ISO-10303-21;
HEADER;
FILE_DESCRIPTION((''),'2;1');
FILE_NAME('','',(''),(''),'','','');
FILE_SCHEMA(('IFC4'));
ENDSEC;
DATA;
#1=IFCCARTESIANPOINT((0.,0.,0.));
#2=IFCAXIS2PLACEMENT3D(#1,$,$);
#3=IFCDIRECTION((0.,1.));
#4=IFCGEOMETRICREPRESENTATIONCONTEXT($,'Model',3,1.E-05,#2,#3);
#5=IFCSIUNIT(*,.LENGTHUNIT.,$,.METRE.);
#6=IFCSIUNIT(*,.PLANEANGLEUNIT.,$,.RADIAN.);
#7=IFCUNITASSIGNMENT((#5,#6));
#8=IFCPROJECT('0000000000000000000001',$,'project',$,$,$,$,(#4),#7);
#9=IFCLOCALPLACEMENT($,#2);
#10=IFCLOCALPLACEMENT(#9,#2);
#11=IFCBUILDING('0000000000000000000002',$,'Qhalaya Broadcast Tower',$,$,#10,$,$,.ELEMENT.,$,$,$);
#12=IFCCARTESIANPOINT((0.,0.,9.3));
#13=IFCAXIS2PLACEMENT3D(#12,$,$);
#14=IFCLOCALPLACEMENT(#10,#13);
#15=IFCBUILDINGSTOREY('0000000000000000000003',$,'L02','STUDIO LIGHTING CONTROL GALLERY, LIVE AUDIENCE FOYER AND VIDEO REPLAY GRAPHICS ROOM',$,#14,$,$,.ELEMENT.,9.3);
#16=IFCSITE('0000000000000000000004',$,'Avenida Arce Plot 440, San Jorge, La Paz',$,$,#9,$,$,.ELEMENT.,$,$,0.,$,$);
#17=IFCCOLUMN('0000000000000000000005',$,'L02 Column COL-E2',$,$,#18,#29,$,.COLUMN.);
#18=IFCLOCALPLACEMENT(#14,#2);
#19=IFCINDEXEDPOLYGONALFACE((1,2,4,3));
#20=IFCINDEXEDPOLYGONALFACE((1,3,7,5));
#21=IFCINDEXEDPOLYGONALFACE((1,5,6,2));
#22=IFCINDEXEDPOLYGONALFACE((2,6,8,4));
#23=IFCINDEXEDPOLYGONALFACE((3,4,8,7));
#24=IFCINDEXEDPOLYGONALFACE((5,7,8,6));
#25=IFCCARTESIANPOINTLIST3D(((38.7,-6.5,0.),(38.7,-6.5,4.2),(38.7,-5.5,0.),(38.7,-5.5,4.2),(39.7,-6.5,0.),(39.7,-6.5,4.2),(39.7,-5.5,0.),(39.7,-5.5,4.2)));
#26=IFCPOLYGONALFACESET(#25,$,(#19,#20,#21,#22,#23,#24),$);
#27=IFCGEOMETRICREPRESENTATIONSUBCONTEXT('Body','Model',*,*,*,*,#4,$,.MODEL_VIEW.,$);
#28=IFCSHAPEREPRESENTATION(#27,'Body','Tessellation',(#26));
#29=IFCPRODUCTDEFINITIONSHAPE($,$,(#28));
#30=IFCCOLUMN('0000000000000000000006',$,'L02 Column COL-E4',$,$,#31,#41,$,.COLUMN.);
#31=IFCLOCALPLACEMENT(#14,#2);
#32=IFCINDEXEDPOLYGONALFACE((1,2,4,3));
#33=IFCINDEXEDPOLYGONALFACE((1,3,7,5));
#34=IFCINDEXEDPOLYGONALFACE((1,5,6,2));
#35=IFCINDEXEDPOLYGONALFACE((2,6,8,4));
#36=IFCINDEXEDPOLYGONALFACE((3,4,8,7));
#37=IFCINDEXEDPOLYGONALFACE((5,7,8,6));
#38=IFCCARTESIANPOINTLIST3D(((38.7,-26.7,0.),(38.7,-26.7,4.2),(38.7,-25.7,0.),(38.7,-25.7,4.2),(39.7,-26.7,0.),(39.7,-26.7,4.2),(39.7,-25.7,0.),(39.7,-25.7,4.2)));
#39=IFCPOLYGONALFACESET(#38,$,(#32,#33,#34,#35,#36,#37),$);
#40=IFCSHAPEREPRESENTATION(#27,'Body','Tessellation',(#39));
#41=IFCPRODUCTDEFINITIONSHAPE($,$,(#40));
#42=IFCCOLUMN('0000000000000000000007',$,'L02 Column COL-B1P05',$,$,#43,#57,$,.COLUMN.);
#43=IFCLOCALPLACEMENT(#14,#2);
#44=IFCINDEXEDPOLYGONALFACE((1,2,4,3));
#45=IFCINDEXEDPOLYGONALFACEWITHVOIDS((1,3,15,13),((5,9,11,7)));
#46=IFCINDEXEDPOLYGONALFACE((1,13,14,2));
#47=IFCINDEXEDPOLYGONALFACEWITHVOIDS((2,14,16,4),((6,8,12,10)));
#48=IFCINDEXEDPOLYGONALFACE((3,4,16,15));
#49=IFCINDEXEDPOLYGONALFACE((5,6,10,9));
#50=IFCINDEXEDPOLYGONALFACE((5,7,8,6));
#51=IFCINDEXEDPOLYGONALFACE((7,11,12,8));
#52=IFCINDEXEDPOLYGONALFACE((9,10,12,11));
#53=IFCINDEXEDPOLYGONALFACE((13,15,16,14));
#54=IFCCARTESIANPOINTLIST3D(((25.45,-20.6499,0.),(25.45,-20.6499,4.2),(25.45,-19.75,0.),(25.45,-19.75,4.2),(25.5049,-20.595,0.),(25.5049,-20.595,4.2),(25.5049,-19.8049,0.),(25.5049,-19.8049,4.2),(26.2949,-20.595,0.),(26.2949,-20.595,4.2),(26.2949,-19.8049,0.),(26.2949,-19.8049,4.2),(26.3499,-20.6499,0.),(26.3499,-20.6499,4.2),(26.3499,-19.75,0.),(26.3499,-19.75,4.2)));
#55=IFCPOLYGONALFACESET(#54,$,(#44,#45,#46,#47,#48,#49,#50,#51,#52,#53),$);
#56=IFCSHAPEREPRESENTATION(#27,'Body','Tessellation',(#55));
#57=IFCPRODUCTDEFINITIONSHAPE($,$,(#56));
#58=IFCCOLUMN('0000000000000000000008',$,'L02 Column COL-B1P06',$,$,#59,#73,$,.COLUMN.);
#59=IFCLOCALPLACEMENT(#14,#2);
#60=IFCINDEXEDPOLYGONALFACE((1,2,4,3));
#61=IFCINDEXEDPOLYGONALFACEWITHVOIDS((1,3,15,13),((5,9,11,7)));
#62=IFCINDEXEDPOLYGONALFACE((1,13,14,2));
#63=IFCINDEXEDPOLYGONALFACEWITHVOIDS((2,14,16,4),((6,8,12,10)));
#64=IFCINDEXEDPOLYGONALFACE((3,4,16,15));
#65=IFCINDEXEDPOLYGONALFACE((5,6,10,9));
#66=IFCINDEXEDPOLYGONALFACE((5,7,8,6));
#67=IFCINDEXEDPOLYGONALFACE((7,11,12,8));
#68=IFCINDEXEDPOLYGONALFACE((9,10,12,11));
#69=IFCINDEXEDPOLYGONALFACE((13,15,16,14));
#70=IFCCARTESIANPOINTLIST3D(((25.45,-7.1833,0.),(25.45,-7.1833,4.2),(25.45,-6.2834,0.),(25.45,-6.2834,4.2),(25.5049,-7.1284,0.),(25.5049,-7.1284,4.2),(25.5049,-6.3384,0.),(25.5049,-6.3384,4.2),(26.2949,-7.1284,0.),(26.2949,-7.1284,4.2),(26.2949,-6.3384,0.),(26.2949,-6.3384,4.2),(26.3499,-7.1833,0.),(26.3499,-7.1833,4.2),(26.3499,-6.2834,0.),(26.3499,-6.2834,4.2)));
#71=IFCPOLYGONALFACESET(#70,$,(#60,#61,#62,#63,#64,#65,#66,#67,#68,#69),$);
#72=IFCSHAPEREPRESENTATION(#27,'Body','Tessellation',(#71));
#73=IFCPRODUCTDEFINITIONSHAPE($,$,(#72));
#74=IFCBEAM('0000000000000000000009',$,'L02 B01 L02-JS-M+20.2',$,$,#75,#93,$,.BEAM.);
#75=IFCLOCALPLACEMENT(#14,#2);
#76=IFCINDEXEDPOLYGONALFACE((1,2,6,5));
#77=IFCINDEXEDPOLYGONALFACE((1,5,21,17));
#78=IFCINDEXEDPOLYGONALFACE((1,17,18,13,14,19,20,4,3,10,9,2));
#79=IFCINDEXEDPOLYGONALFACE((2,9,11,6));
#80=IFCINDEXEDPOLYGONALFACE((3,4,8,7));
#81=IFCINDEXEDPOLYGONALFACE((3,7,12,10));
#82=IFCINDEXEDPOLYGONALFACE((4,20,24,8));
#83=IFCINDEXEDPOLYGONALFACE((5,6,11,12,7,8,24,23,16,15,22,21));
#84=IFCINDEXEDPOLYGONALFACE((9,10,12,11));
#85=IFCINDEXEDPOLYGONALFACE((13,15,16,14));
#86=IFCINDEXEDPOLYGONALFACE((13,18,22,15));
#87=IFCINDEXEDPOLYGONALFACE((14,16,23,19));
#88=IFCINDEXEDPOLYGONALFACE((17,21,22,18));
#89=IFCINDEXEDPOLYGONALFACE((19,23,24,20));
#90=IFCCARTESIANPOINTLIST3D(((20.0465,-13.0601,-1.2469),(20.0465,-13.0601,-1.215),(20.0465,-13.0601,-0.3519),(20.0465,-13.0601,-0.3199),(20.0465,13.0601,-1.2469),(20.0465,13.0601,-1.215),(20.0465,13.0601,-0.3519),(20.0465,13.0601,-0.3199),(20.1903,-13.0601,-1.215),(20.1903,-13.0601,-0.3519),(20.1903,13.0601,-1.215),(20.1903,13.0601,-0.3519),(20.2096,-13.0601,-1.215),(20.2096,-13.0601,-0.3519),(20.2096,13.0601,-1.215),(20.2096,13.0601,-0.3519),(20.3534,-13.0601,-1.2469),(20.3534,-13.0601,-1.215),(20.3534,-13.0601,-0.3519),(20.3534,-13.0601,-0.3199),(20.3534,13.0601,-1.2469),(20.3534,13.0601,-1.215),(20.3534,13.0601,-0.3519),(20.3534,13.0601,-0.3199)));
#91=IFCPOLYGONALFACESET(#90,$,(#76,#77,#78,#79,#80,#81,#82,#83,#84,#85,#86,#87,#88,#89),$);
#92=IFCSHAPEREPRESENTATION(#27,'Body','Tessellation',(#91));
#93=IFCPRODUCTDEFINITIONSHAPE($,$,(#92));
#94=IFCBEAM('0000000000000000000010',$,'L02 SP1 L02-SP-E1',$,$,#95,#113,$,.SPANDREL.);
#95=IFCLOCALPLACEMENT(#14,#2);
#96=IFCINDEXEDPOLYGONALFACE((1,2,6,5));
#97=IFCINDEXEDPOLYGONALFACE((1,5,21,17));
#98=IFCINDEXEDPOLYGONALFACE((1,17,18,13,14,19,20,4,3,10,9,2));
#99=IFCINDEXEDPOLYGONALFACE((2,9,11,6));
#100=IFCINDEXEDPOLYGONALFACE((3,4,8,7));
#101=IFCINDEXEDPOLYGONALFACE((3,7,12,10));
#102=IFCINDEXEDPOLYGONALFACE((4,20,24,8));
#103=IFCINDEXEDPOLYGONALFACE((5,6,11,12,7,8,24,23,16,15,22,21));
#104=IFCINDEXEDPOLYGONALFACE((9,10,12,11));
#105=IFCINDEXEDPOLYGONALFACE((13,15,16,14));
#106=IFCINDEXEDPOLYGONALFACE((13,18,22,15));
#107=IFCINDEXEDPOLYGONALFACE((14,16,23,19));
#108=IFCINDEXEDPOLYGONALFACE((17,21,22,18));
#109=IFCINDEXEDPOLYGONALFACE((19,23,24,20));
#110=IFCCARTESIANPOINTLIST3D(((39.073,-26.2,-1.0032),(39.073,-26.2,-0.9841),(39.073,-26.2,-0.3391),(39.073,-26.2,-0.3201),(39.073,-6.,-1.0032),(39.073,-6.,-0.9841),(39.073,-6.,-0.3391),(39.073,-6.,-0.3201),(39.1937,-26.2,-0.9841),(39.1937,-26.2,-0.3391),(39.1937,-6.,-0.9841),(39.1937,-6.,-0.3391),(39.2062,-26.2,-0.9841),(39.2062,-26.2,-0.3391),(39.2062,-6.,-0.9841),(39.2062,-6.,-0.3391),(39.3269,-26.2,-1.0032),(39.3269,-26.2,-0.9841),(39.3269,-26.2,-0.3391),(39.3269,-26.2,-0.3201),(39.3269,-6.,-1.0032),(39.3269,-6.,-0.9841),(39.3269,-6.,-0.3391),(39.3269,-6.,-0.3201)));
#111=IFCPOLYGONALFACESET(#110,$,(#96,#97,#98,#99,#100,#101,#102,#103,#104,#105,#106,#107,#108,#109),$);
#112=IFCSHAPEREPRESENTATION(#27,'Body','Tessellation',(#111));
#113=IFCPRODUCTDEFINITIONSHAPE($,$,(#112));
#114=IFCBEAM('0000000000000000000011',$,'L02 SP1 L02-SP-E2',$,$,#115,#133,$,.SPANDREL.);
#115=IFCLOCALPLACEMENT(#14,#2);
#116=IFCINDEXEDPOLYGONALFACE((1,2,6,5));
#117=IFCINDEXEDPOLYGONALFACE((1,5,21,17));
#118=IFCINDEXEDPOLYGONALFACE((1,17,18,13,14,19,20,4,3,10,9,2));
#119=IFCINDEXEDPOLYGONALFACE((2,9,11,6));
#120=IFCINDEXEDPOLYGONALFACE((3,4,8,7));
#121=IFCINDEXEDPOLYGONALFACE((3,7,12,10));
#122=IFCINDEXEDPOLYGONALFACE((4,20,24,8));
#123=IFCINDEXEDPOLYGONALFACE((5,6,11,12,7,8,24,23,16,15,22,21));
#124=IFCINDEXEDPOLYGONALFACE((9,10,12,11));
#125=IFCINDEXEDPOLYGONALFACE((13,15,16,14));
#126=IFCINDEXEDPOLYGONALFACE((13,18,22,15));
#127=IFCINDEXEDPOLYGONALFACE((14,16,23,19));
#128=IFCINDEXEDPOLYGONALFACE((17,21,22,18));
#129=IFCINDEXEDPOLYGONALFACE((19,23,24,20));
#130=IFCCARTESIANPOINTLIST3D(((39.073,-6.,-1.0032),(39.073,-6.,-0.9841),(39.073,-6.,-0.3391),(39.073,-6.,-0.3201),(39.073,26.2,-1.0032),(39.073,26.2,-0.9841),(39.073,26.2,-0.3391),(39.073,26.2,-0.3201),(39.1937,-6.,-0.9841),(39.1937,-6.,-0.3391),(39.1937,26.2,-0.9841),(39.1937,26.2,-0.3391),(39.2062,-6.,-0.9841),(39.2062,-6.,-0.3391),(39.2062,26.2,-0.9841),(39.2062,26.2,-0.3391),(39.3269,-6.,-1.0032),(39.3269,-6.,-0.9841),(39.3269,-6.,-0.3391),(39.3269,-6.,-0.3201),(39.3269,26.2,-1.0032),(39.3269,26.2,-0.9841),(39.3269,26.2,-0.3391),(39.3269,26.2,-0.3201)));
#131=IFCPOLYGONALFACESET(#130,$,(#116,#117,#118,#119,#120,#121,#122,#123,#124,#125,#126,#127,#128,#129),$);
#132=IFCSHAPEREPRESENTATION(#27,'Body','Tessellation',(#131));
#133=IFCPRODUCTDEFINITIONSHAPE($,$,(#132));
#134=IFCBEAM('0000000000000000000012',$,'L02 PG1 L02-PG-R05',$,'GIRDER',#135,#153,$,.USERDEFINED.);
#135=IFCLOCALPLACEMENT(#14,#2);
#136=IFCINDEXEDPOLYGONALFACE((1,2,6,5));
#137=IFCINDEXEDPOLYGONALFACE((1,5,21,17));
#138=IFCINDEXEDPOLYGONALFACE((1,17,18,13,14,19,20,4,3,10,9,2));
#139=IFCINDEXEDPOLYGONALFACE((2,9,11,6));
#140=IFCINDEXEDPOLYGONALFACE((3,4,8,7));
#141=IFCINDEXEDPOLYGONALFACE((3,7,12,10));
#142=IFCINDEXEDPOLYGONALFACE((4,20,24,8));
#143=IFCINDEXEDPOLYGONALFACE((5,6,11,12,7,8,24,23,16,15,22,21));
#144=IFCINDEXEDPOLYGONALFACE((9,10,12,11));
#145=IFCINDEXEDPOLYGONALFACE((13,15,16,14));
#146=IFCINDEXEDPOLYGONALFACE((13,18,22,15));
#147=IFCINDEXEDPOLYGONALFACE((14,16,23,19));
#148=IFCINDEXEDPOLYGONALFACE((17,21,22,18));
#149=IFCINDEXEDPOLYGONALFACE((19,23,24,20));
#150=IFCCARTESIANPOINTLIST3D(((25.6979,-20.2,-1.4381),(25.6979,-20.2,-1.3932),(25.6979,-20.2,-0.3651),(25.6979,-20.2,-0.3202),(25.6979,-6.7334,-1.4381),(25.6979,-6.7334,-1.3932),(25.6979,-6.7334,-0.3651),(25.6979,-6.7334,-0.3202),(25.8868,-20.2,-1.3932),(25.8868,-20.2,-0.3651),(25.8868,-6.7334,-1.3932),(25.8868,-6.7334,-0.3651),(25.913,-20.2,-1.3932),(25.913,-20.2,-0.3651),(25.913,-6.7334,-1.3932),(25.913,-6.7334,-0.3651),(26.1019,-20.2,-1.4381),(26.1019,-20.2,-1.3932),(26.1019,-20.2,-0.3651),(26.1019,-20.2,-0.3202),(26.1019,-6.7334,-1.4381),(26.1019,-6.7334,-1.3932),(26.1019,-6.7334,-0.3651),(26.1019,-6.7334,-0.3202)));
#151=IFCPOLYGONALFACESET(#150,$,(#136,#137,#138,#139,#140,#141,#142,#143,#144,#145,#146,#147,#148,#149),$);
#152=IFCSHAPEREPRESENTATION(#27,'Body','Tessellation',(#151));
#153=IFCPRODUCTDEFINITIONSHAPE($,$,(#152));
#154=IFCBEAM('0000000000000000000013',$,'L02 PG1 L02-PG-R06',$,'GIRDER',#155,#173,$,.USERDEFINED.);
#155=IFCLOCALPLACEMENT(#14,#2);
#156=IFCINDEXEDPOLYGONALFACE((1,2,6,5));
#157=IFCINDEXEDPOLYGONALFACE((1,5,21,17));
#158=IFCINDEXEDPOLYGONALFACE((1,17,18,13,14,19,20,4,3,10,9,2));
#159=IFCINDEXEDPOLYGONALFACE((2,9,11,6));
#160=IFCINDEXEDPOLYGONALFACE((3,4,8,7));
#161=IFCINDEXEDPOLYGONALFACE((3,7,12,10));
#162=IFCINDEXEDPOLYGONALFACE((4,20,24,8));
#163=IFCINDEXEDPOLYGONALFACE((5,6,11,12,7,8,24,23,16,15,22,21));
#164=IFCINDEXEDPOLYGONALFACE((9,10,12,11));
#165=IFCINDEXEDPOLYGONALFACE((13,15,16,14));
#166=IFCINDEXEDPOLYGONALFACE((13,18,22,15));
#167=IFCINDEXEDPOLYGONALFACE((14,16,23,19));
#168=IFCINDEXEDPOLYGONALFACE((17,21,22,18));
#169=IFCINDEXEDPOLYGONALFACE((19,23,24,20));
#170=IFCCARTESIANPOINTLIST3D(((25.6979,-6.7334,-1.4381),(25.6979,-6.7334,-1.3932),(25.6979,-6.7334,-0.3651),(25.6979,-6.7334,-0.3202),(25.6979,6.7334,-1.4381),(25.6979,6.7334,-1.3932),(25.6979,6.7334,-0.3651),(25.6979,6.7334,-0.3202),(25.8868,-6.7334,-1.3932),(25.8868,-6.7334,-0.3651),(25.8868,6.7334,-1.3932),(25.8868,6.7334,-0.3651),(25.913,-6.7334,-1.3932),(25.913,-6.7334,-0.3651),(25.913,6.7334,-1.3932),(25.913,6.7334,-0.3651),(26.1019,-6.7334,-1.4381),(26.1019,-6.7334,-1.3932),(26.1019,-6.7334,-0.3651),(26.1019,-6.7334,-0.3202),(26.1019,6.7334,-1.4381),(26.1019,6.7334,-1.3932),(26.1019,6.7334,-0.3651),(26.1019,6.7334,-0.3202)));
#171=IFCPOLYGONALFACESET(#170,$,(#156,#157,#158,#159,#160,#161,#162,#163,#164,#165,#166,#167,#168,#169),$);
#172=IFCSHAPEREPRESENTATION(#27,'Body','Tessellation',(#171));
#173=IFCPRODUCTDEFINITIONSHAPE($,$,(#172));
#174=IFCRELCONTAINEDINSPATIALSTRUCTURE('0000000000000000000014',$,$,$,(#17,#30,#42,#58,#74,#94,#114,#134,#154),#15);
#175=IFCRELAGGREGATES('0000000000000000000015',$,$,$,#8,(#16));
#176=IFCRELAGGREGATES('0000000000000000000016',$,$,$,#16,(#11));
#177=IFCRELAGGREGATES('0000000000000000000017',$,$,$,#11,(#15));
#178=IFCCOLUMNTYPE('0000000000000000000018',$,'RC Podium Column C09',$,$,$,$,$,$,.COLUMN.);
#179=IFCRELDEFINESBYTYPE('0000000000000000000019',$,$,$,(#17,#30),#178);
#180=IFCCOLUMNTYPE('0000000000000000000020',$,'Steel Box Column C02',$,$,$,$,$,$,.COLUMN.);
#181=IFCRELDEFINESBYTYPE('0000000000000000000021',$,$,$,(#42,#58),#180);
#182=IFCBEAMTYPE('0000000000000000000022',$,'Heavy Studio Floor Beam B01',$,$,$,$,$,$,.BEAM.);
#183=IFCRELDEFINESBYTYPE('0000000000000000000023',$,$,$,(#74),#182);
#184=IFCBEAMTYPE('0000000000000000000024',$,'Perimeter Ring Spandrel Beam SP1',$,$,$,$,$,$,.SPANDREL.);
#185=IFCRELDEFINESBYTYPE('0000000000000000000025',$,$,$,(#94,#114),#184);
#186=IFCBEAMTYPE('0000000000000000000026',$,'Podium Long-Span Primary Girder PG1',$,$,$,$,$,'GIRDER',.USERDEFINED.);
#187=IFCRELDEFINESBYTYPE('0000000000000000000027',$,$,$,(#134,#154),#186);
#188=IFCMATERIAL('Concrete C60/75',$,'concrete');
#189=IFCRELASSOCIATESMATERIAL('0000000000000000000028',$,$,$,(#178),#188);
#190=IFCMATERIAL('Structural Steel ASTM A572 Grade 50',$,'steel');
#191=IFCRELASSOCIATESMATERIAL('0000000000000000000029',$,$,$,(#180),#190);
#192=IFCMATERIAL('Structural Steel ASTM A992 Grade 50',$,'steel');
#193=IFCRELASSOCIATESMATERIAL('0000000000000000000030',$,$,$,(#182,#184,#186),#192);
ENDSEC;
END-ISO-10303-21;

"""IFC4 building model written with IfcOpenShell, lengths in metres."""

from ifc_helpers import new_model, si_unit, direction, frame, origin, origin_2d, place, context, subcontext, project, spatial, rectangle, hollow_rectangle, i_section, extrude, material, material_profile, profile_set, type_object, element, save


model = new_model("IFC4")

# Units and contexts
model_context = context("Model", 3, precision=1e-05, world=origin(), true_north=direction((0.0, 1.0)))
body_context = subcontext(model_context, "Body", "Model", "MODEL_VIEW")
ifc_project = project(units=[si_unit("LENGTHUNIT", "METRE"), si_unit("PLANEANGLEUNIT", "RADIAN")], contexts=[model_context])

# Site, building, storey
site_placement = place(None, origin())
site = spatial("IfcSite", under=ifc_project, at=site_placement, Name="Avenida Arce Plot 440, San Jorge, La Paz", CompositionType="ELEMENT", RefElevation=0.0)
building_placement = place(site_placement, origin())
building = spatial("IfcBuilding", under=site, at=building_placement, Name="Qhalaya Broadcast Tower", CompositionType="ELEMENT")
storey_placement = place(building_placement, frame((0.0, 0.0, 9.3)))
storey = spatial("IfcBuildingStorey", under=building, at=storey_placement, Name="L02", Description="STUDIO LIGHTING CONTROL GALLERY, LIVE AUDIENCE FOYER AND VIDEO REPLAY GRAPHICS ROOM", CompositionType="ELEMENT", Elevation=9.3)

# Columns
ifc_material_1 = material(Name="Concrete C60/75", Category="concrete")
ifc_material_profile_1 = material_profile(ifc_material_1, rectangle(XDim=1.0, YDim=1.0, at=origin_2d()), Name="RC-COL 1000x1000")
ifc_profile_set_1 = profile_set([ifc_material_profile_1], Name="Concrete C60/75")
column_type_1 = type_object("IfcColumnType", Name="RC Podium Column C09", PredefinedType="COLUMN", material=ifc_profile_set_1)
for number, where, z_axis, x_axis, name in (
    (1, (39.2, -6.0, 0.0), (0.0, 0.0, 1.0), (1.0, 0.0, 0.0), "L02 Column COL-E2"),
    (2, (39.2, -26.2, 0.0), (0.0, 0.0, 1.0), (1.0, 0.0, 0.0), "L02 Column COL-E4"),
):
    element("IfcColumn", number, at=place(storey_placement, frame(where, z_axis=z_axis, x_axis=x_axis)), inside=storey, type_object=column_type_1, Name=name, PredefinedType="COLUMN", context=body_context, shape_type="SweptSolid", body=[
        extrude(rectangle(XDim=1.0, YDim=1.0, at=origin_2d()), origin(), (0.0, 0.0, 1.0), 4.2),
    ])
ifc_material_2 = material(Name="Structural Steel ASTM A572 Grade 50", Category="steel")
ifc_material_profile_2 = material_profile(ifc_material_2, hollow_rectangle(XDim=0.8999, YDim=0.8999, WallThickness=0.0549, at=origin_2d()), Name="BOX 900x900x55")
ifc_profile_set_2 = profile_set([ifc_material_profile_2], Name="Structural Steel ASTM A572 Grade 50")
column_type_2 = type_object("IfcColumnType", Name="Steel Box Column C02", PredefinedType="COLUMN", material=ifc_profile_set_2)
for number, where, z_axis, x_axis, name in (
    (3, (25.8999, -20.2, 0.0), (0.0, 0.0, 1.0), (0.0, 1.0, 0.0), "L02 Column COL-B1P05"),
    (4, (25.8999, -6.7334, 0.0), (0.0, 0.0, 1.0), (0.0, 1.0, 0.0), "L02 Column COL-B1P06"),
):
    element("IfcColumn", number, at=place(storey_placement, frame(where, z_axis=z_axis, x_axis=x_axis)), inside=storey, type_object=column_type_2, Name=name, PredefinedType="COLUMN", context=body_context, shape_type="SweptSolid", body=[
        extrude(hollow_rectangle(XDim=0.8999, YDim=0.8999, WallThickness=0.0549, at=origin_2d()), origin(), (0.0, 0.0, 1.0), 4.2),
    ])

# Beams
ifc_material_3 = material(Name="Structural Steel ASTM A992 Grade 50", Category="steel")
ifc_material_profile_3 = material_profile(ifc_material_3, i_section(OverallWidth=0.3069, OverallDepth=0.927, WebThickness=0.0193, FlangeThickness=0.032, at=origin_2d()), Name="W36X194")
ifc_profile_set_3 = profile_set([ifc_material_profile_3], Name="Structural Steel ASTM A992 Grade 50")
beam_type_1 = type_object("IfcBeamType", Name="Heavy Studio Floor Beam B01", PredefinedType="BEAM", material=ifc_profile_set_3)
beam_1_placement = place(storey_placement, frame((20.2, -13.0601, -0.7834), z_axis=(0.0, 1.0, 0.0), x_axis=(-1.0, 0.0, 0.0)))
element("IfcBeam", 5, at=beam_1_placement, inside=storey, type_object=beam_type_1, Name="L02 B01 L02-JS-M+20.2", PredefinedType="BEAM", context=body_context, shape_type="SweptSolid", body=[
    extrude(i_section(OverallWidth=0.3069, OverallDepth=0.927, WebThickness=0.0193, FlangeThickness=0.032, at=origin_2d()), origin(), (0.0, 0.0, 1.0), 26.1201),
])
ifc_material_profile_4 = material_profile(ifc_material_3, i_section(OverallWidth=0.2539, OverallDepth=0.6831, WebThickness=0.0125, FlangeThickness=0.019, at=origin_2d()), Name="W27X94")
ifc_profile_set_4 = profile_set([ifc_material_profile_4], Name="Structural Steel ASTM A992 Grade 50")
beam_type_2 = type_object("IfcBeamType", Name="Perimeter Ring Spandrel Beam SP1", PredefinedType="SPANDREL", material=ifc_profile_set_4)
beam_2_placement = place(storey_placement, frame((39.2, -26.2, -0.6616), z_axis=(0.0, 1.0, 0.0), x_axis=(-1.0, 0.0, 0.0)))
element("IfcBeam", 6, at=beam_2_placement, inside=storey, type_object=beam_type_2, Name="L02 SP1 L02-SP-E1", PredefinedType="SPANDREL", context=body_context, shape_type="SweptSolid", body=[
    extrude(i_section(OverallWidth=0.2539, OverallDepth=0.6831, WebThickness=0.0125, FlangeThickness=0.019, at=origin_2d()), origin(), (0.0, 0.0, 1.0), 20.2),
])
beam_3_placement = place(storey_placement, frame((39.2, -6.0, -0.6616), z_axis=(0.0, 1.0, 0.0), x_axis=(-1.0, 0.0, 0.0)))
element("IfcBeam", 7, at=beam_3_placement, inside=storey, type_object=beam_type_2, Name="L02 SP1 L02-SP-E2", PredefinedType="SPANDREL", context=body_context, shape_type="SweptSolid", body=[
    extrude(i_section(OverallWidth=0.2539, OverallDepth=0.6831, WebThickness=0.0125, FlangeThickness=0.019, at=origin_2d()), origin(), (0.0, 0.0, 1.0), 32.2),
])
ifc_material_profile_5 = material_profile(ifc_material_3, i_section(OverallWidth=0.4041, OverallDepth=1.1179, WebThickness=0.0261, FlangeThickness=0.0449, at=origin_2d()), Name="W44X335")
ifc_profile_set_5 = profile_set([ifc_material_profile_5], Name="Structural Steel ASTM A992 Grade 50")
beam_type_3 = type_object("IfcBeamType", Name="Podium Long-Span Primary Girder PG1", ElementType="GIRDER", PredefinedType="USERDEFINED", material=ifc_profile_set_5)
beam_4_placement = place(storey_placement, frame((25.8999, -20.2, -0.8792), z_axis=(0.0, 1.0, 0.0), x_axis=(-1.0, 0.0, 0.0)))
element("IfcBeam", 8, at=beam_4_placement, inside=storey, type_object=beam_type_3, Name="L02 PG1 L02-PG-R05", ObjectType="GIRDER", PredefinedType="USERDEFINED", context=body_context, shape_type="SweptSolid", body=[
    extrude(i_section(OverallWidth=0.4041, OverallDepth=1.1179, WebThickness=0.0261, FlangeThickness=0.0449, at=origin_2d()), origin(), (0.0, 0.0, 1.0), 13.4666),
])
beam_5_placement = place(storey_placement, frame((25.8999, -6.7334, -0.8792), z_axis=(0.0, 1.0, 0.0), x_axis=(-1.0, 0.0, 0.0)))
element("IfcBeam", 9, at=beam_5_placement, inside=storey, type_object=beam_type_3, Name="L02 PG1 L02-PG-R06", ObjectType="GIRDER", PredefinedType="USERDEFINED", context=body_context, shape_type="SweptSolid", body=[
    extrude(i_section(OverallWidth=0.4041, OverallDepth=1.1179, WebThickness=0.0261, FlangeThickness=0.0449, at=origin_2d()), origin(), (0.0, 0.0, 1.0), 13.4668),
])

save(model, "model.ifc")
